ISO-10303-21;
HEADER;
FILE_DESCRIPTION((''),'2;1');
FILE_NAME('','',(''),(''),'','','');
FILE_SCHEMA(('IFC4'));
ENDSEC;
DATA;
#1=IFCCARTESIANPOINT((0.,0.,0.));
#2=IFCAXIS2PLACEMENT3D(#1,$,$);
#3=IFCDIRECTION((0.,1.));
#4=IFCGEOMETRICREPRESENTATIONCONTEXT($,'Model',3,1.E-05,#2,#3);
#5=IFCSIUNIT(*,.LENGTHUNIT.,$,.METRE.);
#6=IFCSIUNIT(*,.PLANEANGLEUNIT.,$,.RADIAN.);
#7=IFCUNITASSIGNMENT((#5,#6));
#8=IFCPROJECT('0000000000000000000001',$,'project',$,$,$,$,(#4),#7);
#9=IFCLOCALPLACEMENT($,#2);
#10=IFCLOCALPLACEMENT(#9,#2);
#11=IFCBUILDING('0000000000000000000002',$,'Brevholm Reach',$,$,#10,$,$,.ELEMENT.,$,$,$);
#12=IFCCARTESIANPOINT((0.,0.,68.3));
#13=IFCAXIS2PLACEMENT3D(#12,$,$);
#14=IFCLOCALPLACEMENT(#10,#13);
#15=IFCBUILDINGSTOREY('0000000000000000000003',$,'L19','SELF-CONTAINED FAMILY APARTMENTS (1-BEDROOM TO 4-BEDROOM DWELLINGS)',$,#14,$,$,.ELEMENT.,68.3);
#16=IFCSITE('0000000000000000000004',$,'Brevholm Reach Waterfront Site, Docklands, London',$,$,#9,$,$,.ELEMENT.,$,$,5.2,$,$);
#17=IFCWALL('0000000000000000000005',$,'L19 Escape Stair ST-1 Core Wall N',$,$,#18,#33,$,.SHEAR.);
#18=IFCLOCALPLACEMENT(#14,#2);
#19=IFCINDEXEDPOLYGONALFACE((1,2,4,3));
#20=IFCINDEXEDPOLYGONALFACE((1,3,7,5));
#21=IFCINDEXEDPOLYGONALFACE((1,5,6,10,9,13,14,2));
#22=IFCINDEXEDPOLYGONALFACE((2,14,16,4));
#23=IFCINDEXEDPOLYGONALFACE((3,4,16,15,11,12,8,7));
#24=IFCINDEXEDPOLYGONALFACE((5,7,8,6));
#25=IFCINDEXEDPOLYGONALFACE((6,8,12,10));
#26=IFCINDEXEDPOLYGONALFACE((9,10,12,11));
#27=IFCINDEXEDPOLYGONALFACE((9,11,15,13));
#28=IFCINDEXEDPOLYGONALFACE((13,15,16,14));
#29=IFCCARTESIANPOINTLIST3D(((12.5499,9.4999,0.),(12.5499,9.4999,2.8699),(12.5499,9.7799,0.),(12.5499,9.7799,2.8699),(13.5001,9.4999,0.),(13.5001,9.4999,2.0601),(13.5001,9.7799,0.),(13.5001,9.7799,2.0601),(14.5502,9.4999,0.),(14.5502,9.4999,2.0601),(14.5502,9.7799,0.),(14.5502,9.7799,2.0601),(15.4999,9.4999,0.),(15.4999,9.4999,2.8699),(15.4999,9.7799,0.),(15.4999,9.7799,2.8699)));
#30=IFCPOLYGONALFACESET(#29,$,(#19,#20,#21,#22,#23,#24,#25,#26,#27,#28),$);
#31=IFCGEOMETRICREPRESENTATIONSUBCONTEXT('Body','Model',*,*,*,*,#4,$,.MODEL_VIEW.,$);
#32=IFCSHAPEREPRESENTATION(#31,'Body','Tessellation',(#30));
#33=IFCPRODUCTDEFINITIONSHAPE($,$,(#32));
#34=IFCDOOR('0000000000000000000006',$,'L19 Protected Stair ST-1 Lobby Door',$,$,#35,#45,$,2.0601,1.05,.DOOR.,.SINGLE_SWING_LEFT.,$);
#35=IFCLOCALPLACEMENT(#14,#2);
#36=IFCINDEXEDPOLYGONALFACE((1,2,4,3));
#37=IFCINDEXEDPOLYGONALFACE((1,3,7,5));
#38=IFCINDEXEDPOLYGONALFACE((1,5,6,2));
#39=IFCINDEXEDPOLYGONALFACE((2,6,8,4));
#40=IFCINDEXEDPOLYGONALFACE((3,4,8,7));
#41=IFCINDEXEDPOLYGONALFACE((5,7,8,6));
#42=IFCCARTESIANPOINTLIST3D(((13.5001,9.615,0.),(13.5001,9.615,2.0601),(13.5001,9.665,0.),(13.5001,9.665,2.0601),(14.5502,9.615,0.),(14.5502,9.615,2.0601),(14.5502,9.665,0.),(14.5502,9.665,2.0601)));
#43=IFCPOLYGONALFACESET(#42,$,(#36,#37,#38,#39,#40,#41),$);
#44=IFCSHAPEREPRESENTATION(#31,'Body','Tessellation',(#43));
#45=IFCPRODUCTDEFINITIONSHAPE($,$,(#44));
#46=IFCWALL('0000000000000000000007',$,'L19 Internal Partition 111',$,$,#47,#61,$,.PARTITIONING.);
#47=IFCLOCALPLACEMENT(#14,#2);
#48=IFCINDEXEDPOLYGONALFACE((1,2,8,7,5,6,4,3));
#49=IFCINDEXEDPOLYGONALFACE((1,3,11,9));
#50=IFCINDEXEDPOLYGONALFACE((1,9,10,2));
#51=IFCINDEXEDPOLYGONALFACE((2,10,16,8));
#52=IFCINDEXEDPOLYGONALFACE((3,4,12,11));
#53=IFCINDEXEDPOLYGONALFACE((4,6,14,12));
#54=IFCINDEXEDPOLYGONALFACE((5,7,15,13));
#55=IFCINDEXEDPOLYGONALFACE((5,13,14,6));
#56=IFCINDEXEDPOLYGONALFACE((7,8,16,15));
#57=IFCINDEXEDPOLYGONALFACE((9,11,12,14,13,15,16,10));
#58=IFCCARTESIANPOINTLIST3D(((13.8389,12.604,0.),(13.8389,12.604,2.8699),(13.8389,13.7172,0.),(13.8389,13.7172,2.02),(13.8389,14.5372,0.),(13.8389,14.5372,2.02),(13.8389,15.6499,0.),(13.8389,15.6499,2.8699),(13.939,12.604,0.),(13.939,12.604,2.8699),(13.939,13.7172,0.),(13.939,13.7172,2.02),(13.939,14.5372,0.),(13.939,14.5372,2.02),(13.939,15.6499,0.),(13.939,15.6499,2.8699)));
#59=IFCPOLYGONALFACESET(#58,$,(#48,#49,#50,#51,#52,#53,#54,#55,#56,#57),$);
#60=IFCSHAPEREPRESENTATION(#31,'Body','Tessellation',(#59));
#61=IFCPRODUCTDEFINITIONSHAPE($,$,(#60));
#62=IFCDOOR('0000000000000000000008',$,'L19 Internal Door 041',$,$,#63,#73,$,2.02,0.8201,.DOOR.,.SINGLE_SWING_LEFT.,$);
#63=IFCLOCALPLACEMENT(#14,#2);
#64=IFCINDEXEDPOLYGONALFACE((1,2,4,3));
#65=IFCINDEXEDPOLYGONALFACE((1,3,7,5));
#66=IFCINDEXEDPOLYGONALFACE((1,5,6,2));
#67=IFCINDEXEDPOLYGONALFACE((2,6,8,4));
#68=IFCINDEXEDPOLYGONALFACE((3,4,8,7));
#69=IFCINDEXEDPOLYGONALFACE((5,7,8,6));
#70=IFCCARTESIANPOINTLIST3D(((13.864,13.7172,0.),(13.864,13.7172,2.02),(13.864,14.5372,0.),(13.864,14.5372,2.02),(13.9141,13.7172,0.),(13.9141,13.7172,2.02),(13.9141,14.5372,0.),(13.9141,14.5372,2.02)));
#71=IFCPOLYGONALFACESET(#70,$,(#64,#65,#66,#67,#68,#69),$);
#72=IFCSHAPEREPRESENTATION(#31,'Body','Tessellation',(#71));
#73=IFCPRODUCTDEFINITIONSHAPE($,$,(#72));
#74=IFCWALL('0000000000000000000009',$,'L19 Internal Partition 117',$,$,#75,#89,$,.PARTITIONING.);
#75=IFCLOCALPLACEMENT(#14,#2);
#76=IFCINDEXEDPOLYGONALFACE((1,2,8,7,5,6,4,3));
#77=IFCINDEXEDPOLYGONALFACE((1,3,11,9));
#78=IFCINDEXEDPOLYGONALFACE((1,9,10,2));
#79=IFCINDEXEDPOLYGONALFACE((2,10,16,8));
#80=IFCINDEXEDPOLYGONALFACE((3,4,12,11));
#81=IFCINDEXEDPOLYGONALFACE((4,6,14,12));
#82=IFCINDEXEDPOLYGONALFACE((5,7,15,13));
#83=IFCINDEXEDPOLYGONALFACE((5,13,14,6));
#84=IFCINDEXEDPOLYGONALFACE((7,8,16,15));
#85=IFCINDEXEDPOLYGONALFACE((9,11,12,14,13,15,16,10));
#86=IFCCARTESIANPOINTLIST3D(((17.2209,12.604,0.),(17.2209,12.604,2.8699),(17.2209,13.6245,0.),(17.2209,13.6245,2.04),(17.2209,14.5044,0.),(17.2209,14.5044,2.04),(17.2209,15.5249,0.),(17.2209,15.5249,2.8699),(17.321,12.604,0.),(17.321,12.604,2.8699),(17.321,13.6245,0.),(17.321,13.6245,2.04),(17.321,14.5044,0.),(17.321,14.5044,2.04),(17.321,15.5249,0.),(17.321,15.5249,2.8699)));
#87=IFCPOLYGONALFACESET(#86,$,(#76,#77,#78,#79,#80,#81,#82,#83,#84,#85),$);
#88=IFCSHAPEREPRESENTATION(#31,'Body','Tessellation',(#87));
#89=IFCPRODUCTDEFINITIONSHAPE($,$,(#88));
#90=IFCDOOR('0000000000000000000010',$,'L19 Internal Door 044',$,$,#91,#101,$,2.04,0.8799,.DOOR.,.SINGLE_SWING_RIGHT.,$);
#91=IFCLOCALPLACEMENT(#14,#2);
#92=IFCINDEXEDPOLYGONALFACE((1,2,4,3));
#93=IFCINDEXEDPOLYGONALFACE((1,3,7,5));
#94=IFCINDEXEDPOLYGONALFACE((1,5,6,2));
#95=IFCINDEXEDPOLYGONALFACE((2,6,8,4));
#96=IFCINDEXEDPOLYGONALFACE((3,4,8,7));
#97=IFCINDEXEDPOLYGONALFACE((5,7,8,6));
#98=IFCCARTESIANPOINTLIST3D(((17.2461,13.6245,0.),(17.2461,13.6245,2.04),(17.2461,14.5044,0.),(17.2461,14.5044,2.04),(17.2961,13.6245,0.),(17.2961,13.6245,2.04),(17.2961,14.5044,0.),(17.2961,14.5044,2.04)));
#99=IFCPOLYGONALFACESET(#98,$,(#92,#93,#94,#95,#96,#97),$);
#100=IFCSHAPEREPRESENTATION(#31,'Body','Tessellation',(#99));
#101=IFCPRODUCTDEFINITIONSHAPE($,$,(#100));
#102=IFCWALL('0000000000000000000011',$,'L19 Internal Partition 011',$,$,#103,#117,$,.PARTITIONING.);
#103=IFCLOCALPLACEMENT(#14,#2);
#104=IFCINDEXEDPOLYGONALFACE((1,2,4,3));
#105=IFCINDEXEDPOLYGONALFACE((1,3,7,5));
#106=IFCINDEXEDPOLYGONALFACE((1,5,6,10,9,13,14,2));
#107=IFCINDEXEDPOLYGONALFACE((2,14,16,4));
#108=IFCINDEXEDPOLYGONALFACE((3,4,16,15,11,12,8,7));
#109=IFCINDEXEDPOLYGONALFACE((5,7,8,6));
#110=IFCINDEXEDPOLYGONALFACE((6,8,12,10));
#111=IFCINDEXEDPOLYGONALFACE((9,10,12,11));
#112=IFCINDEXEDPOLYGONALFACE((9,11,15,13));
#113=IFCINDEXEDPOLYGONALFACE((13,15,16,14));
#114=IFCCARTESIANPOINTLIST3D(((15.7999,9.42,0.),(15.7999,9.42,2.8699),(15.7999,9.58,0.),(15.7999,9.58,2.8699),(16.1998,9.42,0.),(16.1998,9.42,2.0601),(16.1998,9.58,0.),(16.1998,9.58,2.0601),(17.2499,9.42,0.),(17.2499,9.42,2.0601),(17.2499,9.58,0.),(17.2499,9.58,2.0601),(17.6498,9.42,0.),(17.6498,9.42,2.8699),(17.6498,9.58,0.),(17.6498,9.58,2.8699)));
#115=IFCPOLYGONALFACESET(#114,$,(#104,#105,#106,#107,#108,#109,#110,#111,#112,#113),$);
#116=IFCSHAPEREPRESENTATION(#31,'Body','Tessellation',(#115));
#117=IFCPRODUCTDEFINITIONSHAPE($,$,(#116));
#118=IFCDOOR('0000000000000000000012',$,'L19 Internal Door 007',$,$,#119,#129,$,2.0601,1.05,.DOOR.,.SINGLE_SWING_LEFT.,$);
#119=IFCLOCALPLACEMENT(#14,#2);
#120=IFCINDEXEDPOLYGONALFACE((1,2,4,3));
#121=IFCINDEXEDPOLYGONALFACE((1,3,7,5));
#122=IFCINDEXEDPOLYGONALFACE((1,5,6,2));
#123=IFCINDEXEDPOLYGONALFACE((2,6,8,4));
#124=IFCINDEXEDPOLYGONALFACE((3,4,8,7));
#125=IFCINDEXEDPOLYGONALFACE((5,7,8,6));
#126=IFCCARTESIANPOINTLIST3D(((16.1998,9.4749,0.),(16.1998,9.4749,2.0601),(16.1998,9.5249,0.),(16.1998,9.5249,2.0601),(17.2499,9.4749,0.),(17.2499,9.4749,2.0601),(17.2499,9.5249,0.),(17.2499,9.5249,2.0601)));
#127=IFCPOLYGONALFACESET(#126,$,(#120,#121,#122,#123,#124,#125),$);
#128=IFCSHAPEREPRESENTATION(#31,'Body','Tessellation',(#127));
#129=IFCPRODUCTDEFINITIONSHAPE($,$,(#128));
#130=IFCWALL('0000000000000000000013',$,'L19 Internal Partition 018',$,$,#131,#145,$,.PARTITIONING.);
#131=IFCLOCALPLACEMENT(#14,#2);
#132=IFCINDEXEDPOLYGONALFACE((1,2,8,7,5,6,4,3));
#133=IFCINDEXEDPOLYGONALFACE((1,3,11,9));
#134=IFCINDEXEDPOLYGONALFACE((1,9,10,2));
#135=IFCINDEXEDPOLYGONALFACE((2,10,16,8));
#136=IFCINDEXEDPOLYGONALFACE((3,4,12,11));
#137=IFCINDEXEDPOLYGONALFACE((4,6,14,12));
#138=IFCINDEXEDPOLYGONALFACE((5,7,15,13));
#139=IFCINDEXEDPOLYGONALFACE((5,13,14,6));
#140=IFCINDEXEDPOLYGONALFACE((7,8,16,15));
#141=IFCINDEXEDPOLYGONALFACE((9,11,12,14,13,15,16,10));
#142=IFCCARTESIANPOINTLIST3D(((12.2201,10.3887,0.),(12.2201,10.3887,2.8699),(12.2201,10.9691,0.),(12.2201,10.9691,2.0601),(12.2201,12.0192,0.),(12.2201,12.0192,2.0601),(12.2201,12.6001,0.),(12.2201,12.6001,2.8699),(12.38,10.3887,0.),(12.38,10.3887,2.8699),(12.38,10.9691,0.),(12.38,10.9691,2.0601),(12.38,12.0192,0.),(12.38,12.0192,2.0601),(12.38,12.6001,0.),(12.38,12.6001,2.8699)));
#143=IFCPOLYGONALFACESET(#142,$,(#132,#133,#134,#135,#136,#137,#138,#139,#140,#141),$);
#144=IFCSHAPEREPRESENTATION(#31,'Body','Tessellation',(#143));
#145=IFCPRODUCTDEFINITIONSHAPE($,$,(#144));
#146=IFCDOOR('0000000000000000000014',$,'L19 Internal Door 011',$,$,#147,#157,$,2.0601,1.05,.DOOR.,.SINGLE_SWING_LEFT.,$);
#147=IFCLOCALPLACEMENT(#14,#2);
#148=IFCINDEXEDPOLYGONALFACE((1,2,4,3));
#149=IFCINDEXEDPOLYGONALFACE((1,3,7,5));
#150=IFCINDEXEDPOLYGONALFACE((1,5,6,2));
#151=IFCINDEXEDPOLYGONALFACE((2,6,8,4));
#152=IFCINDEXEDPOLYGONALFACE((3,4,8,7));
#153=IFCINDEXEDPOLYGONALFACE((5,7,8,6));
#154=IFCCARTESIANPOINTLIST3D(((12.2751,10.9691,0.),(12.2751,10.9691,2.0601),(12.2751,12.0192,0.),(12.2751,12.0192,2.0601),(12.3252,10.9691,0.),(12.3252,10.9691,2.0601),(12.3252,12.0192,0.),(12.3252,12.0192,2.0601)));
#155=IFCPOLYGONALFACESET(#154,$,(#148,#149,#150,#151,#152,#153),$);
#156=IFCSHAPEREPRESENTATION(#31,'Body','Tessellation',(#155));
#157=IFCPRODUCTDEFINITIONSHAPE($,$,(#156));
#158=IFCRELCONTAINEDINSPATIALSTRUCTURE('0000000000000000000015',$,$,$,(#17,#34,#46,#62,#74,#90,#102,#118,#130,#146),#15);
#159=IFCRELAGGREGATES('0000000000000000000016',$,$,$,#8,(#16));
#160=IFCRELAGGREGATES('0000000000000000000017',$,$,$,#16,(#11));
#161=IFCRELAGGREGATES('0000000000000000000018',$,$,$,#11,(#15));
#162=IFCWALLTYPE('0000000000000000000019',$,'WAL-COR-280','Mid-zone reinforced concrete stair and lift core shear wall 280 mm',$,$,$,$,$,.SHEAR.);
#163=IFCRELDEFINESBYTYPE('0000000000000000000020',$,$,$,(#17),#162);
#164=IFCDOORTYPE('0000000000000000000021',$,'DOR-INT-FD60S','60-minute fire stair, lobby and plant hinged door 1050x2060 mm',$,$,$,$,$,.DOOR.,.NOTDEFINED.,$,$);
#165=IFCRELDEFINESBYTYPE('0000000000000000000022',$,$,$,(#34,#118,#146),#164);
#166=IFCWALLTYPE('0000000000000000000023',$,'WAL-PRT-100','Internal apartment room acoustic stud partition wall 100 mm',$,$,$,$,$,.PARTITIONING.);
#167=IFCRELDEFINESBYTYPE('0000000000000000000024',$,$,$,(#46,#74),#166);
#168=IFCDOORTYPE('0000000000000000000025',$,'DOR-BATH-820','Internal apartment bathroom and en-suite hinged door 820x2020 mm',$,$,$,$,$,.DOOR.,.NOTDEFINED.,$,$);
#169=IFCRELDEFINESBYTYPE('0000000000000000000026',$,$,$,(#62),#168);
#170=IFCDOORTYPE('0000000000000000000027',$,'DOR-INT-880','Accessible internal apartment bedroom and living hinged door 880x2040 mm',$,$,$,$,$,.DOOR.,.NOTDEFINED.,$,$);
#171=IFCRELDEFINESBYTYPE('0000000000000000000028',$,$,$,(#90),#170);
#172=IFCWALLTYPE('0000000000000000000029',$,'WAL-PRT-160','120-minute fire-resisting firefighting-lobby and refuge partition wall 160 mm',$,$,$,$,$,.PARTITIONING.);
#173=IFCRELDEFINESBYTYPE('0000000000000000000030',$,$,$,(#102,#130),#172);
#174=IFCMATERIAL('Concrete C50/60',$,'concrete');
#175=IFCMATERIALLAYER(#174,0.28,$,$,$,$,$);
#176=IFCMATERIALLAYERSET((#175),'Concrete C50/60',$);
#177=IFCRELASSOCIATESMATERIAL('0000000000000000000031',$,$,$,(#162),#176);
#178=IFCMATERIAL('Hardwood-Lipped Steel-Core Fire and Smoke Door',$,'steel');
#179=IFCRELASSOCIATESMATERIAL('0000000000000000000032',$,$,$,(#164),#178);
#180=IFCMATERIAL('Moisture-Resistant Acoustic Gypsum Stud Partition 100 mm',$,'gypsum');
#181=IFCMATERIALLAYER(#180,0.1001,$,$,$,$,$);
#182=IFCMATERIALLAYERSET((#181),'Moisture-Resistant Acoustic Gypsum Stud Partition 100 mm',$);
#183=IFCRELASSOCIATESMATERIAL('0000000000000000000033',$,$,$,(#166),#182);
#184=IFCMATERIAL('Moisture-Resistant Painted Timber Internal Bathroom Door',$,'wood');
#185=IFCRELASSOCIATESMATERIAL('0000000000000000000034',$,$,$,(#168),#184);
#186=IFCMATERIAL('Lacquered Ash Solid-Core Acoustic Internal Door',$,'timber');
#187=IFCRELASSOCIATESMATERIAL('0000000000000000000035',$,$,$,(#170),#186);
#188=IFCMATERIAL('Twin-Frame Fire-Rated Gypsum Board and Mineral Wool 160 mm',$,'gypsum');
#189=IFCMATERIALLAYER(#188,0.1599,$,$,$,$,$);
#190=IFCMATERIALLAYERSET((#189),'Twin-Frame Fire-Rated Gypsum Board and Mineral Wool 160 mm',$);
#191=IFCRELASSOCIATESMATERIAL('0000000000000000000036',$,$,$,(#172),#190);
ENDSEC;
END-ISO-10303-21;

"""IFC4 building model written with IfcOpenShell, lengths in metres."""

from ifc_helpers import new_model, si_unit, direction, frame, frame_2d, origin, place, context, subcontext, project, spatial, rectangle, extrude, material, layer, layer_set, type_object, element, fill, save


model = new_model("IFC4")

# Units and contexts
model_context = context("Model", 3, precision=1e-05, world=origin(), true_north=direction((0.0, 1.0)))
body_context = subcontext(model_context, "Body", "Model", "MODEL_VIEW")
ifc_project = project(units=[si_unit("LENGTHUNIT", "METRE"), si_unit("PLANEANGLEUNIT", "RADIAN")], contexts=[model_context])

# Site, building, storey
site_placement = place(None, origin())
site = spatial("IfcSite", under=ifc_project, at=site_placement, Name="Brevholm Reach Waterfront Site, Docklands, London", CompositionType="ELEMENT", RefElevation=5.2)
building_placement = place(site_placement, origin())
building = spatial("IfcBuilding", under=site, at=building_placement, Name="Brevholm Reach", CompositionType="ELEMENT")
storey_placement = place(building_placement, frame((0.0, 0.0, 68.3)))
storey = spatial("IfcBuildingStorey", under=building, at=storey_placement, Name="L19", Description="SELF-CONTAINED FAMILY APARTMENTS (1-BEDROOM TO 4-BEDROOM DWELLINGS)", CompositionType="ELEMENT", Elevation=68.3)

# Walls, openings, doors
ifc_material_1 = material(Name="Concrete C50/60", Category="concrete")
ifc_layer_1 = layer(ifc_material_1, 0.28)
ifc_layer_set_1 = layer_set([ifc_layer_1], Name="Concrete C50/60")
wall_type_1 = type_object("IfcWallType", Name="WAL-COR-280", Description="Mid-zone reinforced concrete stair and lift core shear wall 280 mm", PredefinedType="SHEAR", material=ifc_layer_set_1)
wall_1_placement = place(storey_placement, frame((15.5, 9.6399, 0.0), z_axis=(0.0, 0.0, 1.0), x_axis=(-1.0, 0.0, 0.0)))
wall_1 = element("IfcWall", 1, at=wall_1_placement, inside=storey, type_object=wall_type_1, Name="L19 Escape Stair ST-1 Core Wall N", PredefinedType="SHEAR", context=body_context, shape_type="SweptSolid", body=[
    extrude(rectangle(XDim=2.95, YDim=0.28, at=frame_2d((1.4751, 0.0))), origin(), (0.0, 0.0, 1.0), 2.8699),
])
opening_1_placement = place(wall_1_placement, frame((0.95, 0.0, 0.0)))
opening_1 = element("IfcOpeningElement", 2, at=opening_1_placement, cuts=wall_1, PredefinedType="OPENING", context=body_context, shape_type="SweptSolid", body=[
    extrude(rectangle(XDim=1.05, YDim=2.0601, at=frame_2d((0.5249, 1.03))), frame((0.0, 0.1499, 0.0), z_axis=(0.0, -1.0, 0.0), x_axis=(1.0, 0.0, 0.0)), (0.0, 0.0, 1.0), 0.3),
])
ifc_material_2 = material(Name="Hardwood-Lipped Steel-Core Fire and Smoke Door", Category="steel")
door_type_1 = type_object("IfcDoorType", Name="DOR-INT-FD60S", Description="60-minute fire stair, lobby and plant hinged door 1050x2060 mm", OperationType="NOTDEFINED", PredefinedType="DOOR", material=ifc_material_2)
door_1_placement = place(opening_1_placement, origin())
door_1 = element("IfcDoor", 3, at=door_1_placement, inside=storey, type_object=door_type_1, Name="L19 Protected Stair ST-1 Lobby Door", OperationType="SINGLE_SWING_LEFT", OverallHeight=2.0601, OverallWidth=1.05, PredefinedType="DOOR", context=body_context, shape_type="SweptSolid", body=[
    extrude(rectangle(XDim=1.05, YDim=2.0601, at=frame_2d((0.5249, 1.03))), frame((0.0, 0.0249, 0.0), z_axis=(0.0, -1.0, 0.0), x_axis=(1.0, 0.0, 0.0)), (0.0, 0.0, 1.0), 0.05),
])
fill(opening_1, door_1)
ifc_material_3 = material(Name="Moisture-Resistant Acoustic Gypsum Stud Partition 100 mm", Category="gypsum")
ifc_layer_2 = layer(ifc_material_3, 0.1001)
ifc_layer_set_2 = layer_set([ifc_layer_2], Name="Moisture-Resistant Acoustic Gypsum Stud Partition 100 mm")
wall_type_2 = type_object("IfcWallType", Name="WAL-PRT-100", Description="Internal apartment room acoustic stud partition wall 100 mm", PredefinedType="PARTITIONING", material=ifc_layer_set_2)
wall_2_placement = place(storey_placement, frame((13.8889, 12.604, 0.0), z_axis=(0.0, 0.0, 1.0), x_axis=(0.0, 1.0, 0.0)))
wall_2 = element("IfcWall", 4, at=wall_2_placement, inside=storey, type_object=wall_type_2, Name="L19 Internal Partition 111", PredefinedType="PARTITIONING", context=body_context, shape_type="SweptSolid", body=[
    extrude(rectangle(XDim=3.0459, YDim=0.1001, at=frame_2d((1.5229, 0.0))), origin(), (0.0, 0.0, 1.0), 2.8699),
])
opening_2_placement = place(wall_2_placement, frame((1.113, 0.0, 0.0)))
opening_2 = element("IfcOpeningElement", 5, at=opening_2_placement, cuts=wall_2, PredefinedType="OPENING", context=body_context, shape_type="SweptSolid", body=[
    extrude(rectangle(XDim=0.8201, YDim=2.02, at=frame_2d((0.4102, 1.01))), frame((0.0, 0.0601, 0.0), z_axis=(0.0, -1.0, 0.0), x_axis=(1.0, 0.0, 0.0)), (0.0, 0.0, 1.0), 0.1201),
])
ifc_material_4 = material(Name="Moisture-Resistant Painted Timber Internal Bathroom Door", Category="wood")
door_type_2 = type_object("IfcDoorType", Name="DOR-BATH-820", Description="Internal apartment bathroom and en-suite hinged door 820x2020 mm", OperationType="NOTDEFINED", PredefinedType="DOOR", material=ifc_material_4)
door_2_placement = place(opening_2_placement, origin())
door_2 = element("IfcDoor", 6, at=door_2_placement, inside=storey, type_object=door_type_2, Name="L19 Internal Door 041", OperationType="SINGLE_SWING_LEFT", OverallHeight=2.02, OverallWidth=0.8201, PredefinedType="DOOR", context=body_context, shape_type="SweptSolid", body=[
    extrude(rectangle(XDim=0.8201, YDim=2.02, at=frame_2d((0.4102, 1.01))), frame((0.0, 0.0249, 0.0), z_axis=(0.0, -1.0, 0.0), x_axis=(1.0, 0.0, 0.0)), (0.0, 0.0, 1.0), 0.05),
])
fill(opening_2, door_2)
wall_3_placement = place(storey_placement, frame((17.271, 12.604, 0.0), z_axis=(0.0, 0.0, 1.0), x_axis=(0.0, 1.0, 0.0)))
wall_3 = element("IfcWall", 7, at=wall_3_placement, inside=storey, type_object=wall_type_2, Name="L19 Internal Partition 117", PredefinedType="PARTITIONING", context=body_context, shape_type="SweptSolid", body=[
    extrude(rectangle(XDim=2.9209, YDim=0.1001, at=frame_2d((1.4604, 0.0))), origin(), (0.0, 0.0, 1.0), 2.8699),
])
opening_3_placement = place(wall_3_placement, frame((1.0205, 0.0, 0.0)))
opening_3 = element("IfcOpeningElement", 8, at=opening_3_placement, cuts=wall_3, PredefinedType="OPENING", context=body_context, shape_type="SweptSolid", body=[
    extrude(rectangle(XDim=0.8799, YDim=2.04, at=frame_2d((0.4399, 1.02))), frame((0.0, 0.0601, 0.0), z_axis=(0.0, -1.0, 0.0), x_axis=(1.0, 0.0, 0.0)), (0.0, 0.0, 1.0), 0.1201),
])
ifc_material_5 = material(Name="Lacquered Ash Solid-Core Acoustic Internal Door", Category="timber")
door_type_3 = type_object("IfcDoorType", Name="DOR-INT-880", Description="Accessible internal apartment bedroom and living hinged door 880x2040 mm", OperationType="NOTDEFINED", PredefinedType="DOOR", material=ifc_material_5)
door_3_placement = place(opening_3_placement, origin())
door_3 = element("IfcDoor", 9, at=door_3_placement, inside=storey, type_object=door_type_3, Name="L19 Internal Door 044", OperationType="SINGLE_SWING_RIGHT", OverallHeight=2.04, OverallWidth=0.8799, PredefinedType="DOOR", context=body_context, shape_type="SweptSolid", body=[
    extrude(rectangle(XDim=0.8799, YDim=2.04, at=frame_2d((0.4399, 1.02))), frame((0.0, 0.0249, 0.0), z_axis=(0.0, -1.0, 0.0), x_axis=(1.0, 0.0, 0.0)), (0.0, 0.0, 1.0), 0.05),
])
fill(opening_3, door_3)
ifc_material_6 = material(Name="Twin-Frame Fire-Rated Gypsum Board and Mineral Wool 160 mm", Category="gypsum")
ifc_layer_3 = layer(ifc_material_6, 0.1599)
ifc_layer_set_3 = layer_set([ifc_layer_3], Name="Twin-Frame Fire-Rated Gypsum Board and Mineral Wool 160 mm")
wall_type_3 = type_object("IfcWallType", Name="WAL-PRT-160", Description="120-minute fire-resisting firefighting-lobby and refuge partition wall 160 mm", PredefinedType="PARTITIONING", material=ifc_layer_set_3)
wall_4_placement = place(storey_placement, frame((15.8, 9.5, 0.0), z_axis=(0.0, 0.0, 1.0), x_axis=(1.0, 0.0, 0.0)))
wall_4 = element("IfcWall", 10, at=wall_4_placement, inside=storey, type_object=wall_type_3, Name="L19 Internal Partition 011", PredefinedType="PARTITIONING", context=body_context, shape_type="SweptSolid", body=[
    extrude(rectangle(XDim=1.8499, YDim=0.1599, at=frame_2d((0.9248, 0.0))), origin(), (0.0, 0.0, 1.0), 2.8699),
])
opening_4_placement = place(wall_4_placement, frame((0.3999, 0.0, 0.0)))
opening_4 = element("IfcOpeningElement", 11, at=opening_4_placement, cuts=wall_4, PredefinedType="OPENING", context=body_context, shape_type="SweptSolid", body=[
    extrude(rectangle(XDim=1.05, YDim=2.0601, at=frame_2d((0.5249, 1.03))), frame((0.0, 0.0898, 0.0), z_axis=(0.0, -1.0, 0.0), x_axis=(1.0, 0.0, 0.0)), (0.0, 0.0, 1.0), 0.1799),
])
door_4_placement = place(opening_4_placement, origin())
door_4 = element("IfcDoor", 12, at=door_4_placement, inside=storey, type_object=door_type_1, Name="L19 Internal Door 007", OperationType="SINGLE_SWING_LEFT", OverallHeight=2.0601, OverallWidth=1.05, PredefinedType="DOOR", context=body_context, shape_type="SweptSolid", body=[
    extrude(rectangle(XDim=1.05, YDim=2.0601, at=frame_2d((0.5249, 1.03))), frame((0.0, 0.0249, 0.0), z_axis=(0.0, -1.0, 0.0), x_axis=(1.0, 0.0, 0.0)), (0.0, 0.0, 1.0), 0.05),
])
fill(opening_4, door_4)
wall_5_placement = place(storey_placement, frame((12.3, 10.3887, 0.0), z_axis=(0.0, 0.0, 1.0), x_axis=(0.0, 1.0, 0.0)))
wall_5 = element("IfcWall", 13, at=wall_5_placement, inside=storey, type_object=wall_type_3, Name="L19 Internal Partition 018", PredefinedType="PARTITIONING", context=body_context, shape_type="SweptSolid", body=[
    extrude(rectangle(XDim=2.2114, YDim=0.1599, at=frame_2d((1.1057, 0.0))), origin(), (0.0, 0.0, 1.0), 2.8699),
])
opening_5_placement = place(wall_5_placement, frame((0.5806, 0.0, 0.0)))
opening_5 = element("IfcOpeningElement", 14, at=opening_5_placement, cuts=wall_5, PredefinedType="OPENING", context=body_context, shape_type="SweptSolid", body=[
    extrude(rectangle(XDim=1.05, YDim=2.0601, at=frame_2d((0.5249, 1.03))), frame((0.0, 0.0898, 0.0), z_axis=(0.0, -1.0, 0.0), x_axis=(1.0, 0.0, 0.0)), (0.0, 0.0, 1.0), 0.1799),
])
door_5_placement = place(opening_5_placement, origin())
door_5 = element("IfcDoor", 15, at=door_5_placement, inside=storey, type_object=door_type_1, Name="L19 Internal Door 011", OperationType="SINGLE_SWING_LEFT", OverallHeight=2.0601, OverallWidth=1.05, PredefinedType="DOOR", context=body_context, shape_type="SweptSolid", body=[
    extrude(rectangle(XDim=1.05, YDim=2.0601, at=frame_2d((0.5249, 1.03))), frame((0.0, 0.0249, 0.0), z_axis=(0.0, -1.0, 0.0), x_axis=(1.0, 0.0, 0.0)), (0.0, 0.0, 1.0), 0.05),
])
fill(opening_5, door_5)

save(model, "model.ifc")
